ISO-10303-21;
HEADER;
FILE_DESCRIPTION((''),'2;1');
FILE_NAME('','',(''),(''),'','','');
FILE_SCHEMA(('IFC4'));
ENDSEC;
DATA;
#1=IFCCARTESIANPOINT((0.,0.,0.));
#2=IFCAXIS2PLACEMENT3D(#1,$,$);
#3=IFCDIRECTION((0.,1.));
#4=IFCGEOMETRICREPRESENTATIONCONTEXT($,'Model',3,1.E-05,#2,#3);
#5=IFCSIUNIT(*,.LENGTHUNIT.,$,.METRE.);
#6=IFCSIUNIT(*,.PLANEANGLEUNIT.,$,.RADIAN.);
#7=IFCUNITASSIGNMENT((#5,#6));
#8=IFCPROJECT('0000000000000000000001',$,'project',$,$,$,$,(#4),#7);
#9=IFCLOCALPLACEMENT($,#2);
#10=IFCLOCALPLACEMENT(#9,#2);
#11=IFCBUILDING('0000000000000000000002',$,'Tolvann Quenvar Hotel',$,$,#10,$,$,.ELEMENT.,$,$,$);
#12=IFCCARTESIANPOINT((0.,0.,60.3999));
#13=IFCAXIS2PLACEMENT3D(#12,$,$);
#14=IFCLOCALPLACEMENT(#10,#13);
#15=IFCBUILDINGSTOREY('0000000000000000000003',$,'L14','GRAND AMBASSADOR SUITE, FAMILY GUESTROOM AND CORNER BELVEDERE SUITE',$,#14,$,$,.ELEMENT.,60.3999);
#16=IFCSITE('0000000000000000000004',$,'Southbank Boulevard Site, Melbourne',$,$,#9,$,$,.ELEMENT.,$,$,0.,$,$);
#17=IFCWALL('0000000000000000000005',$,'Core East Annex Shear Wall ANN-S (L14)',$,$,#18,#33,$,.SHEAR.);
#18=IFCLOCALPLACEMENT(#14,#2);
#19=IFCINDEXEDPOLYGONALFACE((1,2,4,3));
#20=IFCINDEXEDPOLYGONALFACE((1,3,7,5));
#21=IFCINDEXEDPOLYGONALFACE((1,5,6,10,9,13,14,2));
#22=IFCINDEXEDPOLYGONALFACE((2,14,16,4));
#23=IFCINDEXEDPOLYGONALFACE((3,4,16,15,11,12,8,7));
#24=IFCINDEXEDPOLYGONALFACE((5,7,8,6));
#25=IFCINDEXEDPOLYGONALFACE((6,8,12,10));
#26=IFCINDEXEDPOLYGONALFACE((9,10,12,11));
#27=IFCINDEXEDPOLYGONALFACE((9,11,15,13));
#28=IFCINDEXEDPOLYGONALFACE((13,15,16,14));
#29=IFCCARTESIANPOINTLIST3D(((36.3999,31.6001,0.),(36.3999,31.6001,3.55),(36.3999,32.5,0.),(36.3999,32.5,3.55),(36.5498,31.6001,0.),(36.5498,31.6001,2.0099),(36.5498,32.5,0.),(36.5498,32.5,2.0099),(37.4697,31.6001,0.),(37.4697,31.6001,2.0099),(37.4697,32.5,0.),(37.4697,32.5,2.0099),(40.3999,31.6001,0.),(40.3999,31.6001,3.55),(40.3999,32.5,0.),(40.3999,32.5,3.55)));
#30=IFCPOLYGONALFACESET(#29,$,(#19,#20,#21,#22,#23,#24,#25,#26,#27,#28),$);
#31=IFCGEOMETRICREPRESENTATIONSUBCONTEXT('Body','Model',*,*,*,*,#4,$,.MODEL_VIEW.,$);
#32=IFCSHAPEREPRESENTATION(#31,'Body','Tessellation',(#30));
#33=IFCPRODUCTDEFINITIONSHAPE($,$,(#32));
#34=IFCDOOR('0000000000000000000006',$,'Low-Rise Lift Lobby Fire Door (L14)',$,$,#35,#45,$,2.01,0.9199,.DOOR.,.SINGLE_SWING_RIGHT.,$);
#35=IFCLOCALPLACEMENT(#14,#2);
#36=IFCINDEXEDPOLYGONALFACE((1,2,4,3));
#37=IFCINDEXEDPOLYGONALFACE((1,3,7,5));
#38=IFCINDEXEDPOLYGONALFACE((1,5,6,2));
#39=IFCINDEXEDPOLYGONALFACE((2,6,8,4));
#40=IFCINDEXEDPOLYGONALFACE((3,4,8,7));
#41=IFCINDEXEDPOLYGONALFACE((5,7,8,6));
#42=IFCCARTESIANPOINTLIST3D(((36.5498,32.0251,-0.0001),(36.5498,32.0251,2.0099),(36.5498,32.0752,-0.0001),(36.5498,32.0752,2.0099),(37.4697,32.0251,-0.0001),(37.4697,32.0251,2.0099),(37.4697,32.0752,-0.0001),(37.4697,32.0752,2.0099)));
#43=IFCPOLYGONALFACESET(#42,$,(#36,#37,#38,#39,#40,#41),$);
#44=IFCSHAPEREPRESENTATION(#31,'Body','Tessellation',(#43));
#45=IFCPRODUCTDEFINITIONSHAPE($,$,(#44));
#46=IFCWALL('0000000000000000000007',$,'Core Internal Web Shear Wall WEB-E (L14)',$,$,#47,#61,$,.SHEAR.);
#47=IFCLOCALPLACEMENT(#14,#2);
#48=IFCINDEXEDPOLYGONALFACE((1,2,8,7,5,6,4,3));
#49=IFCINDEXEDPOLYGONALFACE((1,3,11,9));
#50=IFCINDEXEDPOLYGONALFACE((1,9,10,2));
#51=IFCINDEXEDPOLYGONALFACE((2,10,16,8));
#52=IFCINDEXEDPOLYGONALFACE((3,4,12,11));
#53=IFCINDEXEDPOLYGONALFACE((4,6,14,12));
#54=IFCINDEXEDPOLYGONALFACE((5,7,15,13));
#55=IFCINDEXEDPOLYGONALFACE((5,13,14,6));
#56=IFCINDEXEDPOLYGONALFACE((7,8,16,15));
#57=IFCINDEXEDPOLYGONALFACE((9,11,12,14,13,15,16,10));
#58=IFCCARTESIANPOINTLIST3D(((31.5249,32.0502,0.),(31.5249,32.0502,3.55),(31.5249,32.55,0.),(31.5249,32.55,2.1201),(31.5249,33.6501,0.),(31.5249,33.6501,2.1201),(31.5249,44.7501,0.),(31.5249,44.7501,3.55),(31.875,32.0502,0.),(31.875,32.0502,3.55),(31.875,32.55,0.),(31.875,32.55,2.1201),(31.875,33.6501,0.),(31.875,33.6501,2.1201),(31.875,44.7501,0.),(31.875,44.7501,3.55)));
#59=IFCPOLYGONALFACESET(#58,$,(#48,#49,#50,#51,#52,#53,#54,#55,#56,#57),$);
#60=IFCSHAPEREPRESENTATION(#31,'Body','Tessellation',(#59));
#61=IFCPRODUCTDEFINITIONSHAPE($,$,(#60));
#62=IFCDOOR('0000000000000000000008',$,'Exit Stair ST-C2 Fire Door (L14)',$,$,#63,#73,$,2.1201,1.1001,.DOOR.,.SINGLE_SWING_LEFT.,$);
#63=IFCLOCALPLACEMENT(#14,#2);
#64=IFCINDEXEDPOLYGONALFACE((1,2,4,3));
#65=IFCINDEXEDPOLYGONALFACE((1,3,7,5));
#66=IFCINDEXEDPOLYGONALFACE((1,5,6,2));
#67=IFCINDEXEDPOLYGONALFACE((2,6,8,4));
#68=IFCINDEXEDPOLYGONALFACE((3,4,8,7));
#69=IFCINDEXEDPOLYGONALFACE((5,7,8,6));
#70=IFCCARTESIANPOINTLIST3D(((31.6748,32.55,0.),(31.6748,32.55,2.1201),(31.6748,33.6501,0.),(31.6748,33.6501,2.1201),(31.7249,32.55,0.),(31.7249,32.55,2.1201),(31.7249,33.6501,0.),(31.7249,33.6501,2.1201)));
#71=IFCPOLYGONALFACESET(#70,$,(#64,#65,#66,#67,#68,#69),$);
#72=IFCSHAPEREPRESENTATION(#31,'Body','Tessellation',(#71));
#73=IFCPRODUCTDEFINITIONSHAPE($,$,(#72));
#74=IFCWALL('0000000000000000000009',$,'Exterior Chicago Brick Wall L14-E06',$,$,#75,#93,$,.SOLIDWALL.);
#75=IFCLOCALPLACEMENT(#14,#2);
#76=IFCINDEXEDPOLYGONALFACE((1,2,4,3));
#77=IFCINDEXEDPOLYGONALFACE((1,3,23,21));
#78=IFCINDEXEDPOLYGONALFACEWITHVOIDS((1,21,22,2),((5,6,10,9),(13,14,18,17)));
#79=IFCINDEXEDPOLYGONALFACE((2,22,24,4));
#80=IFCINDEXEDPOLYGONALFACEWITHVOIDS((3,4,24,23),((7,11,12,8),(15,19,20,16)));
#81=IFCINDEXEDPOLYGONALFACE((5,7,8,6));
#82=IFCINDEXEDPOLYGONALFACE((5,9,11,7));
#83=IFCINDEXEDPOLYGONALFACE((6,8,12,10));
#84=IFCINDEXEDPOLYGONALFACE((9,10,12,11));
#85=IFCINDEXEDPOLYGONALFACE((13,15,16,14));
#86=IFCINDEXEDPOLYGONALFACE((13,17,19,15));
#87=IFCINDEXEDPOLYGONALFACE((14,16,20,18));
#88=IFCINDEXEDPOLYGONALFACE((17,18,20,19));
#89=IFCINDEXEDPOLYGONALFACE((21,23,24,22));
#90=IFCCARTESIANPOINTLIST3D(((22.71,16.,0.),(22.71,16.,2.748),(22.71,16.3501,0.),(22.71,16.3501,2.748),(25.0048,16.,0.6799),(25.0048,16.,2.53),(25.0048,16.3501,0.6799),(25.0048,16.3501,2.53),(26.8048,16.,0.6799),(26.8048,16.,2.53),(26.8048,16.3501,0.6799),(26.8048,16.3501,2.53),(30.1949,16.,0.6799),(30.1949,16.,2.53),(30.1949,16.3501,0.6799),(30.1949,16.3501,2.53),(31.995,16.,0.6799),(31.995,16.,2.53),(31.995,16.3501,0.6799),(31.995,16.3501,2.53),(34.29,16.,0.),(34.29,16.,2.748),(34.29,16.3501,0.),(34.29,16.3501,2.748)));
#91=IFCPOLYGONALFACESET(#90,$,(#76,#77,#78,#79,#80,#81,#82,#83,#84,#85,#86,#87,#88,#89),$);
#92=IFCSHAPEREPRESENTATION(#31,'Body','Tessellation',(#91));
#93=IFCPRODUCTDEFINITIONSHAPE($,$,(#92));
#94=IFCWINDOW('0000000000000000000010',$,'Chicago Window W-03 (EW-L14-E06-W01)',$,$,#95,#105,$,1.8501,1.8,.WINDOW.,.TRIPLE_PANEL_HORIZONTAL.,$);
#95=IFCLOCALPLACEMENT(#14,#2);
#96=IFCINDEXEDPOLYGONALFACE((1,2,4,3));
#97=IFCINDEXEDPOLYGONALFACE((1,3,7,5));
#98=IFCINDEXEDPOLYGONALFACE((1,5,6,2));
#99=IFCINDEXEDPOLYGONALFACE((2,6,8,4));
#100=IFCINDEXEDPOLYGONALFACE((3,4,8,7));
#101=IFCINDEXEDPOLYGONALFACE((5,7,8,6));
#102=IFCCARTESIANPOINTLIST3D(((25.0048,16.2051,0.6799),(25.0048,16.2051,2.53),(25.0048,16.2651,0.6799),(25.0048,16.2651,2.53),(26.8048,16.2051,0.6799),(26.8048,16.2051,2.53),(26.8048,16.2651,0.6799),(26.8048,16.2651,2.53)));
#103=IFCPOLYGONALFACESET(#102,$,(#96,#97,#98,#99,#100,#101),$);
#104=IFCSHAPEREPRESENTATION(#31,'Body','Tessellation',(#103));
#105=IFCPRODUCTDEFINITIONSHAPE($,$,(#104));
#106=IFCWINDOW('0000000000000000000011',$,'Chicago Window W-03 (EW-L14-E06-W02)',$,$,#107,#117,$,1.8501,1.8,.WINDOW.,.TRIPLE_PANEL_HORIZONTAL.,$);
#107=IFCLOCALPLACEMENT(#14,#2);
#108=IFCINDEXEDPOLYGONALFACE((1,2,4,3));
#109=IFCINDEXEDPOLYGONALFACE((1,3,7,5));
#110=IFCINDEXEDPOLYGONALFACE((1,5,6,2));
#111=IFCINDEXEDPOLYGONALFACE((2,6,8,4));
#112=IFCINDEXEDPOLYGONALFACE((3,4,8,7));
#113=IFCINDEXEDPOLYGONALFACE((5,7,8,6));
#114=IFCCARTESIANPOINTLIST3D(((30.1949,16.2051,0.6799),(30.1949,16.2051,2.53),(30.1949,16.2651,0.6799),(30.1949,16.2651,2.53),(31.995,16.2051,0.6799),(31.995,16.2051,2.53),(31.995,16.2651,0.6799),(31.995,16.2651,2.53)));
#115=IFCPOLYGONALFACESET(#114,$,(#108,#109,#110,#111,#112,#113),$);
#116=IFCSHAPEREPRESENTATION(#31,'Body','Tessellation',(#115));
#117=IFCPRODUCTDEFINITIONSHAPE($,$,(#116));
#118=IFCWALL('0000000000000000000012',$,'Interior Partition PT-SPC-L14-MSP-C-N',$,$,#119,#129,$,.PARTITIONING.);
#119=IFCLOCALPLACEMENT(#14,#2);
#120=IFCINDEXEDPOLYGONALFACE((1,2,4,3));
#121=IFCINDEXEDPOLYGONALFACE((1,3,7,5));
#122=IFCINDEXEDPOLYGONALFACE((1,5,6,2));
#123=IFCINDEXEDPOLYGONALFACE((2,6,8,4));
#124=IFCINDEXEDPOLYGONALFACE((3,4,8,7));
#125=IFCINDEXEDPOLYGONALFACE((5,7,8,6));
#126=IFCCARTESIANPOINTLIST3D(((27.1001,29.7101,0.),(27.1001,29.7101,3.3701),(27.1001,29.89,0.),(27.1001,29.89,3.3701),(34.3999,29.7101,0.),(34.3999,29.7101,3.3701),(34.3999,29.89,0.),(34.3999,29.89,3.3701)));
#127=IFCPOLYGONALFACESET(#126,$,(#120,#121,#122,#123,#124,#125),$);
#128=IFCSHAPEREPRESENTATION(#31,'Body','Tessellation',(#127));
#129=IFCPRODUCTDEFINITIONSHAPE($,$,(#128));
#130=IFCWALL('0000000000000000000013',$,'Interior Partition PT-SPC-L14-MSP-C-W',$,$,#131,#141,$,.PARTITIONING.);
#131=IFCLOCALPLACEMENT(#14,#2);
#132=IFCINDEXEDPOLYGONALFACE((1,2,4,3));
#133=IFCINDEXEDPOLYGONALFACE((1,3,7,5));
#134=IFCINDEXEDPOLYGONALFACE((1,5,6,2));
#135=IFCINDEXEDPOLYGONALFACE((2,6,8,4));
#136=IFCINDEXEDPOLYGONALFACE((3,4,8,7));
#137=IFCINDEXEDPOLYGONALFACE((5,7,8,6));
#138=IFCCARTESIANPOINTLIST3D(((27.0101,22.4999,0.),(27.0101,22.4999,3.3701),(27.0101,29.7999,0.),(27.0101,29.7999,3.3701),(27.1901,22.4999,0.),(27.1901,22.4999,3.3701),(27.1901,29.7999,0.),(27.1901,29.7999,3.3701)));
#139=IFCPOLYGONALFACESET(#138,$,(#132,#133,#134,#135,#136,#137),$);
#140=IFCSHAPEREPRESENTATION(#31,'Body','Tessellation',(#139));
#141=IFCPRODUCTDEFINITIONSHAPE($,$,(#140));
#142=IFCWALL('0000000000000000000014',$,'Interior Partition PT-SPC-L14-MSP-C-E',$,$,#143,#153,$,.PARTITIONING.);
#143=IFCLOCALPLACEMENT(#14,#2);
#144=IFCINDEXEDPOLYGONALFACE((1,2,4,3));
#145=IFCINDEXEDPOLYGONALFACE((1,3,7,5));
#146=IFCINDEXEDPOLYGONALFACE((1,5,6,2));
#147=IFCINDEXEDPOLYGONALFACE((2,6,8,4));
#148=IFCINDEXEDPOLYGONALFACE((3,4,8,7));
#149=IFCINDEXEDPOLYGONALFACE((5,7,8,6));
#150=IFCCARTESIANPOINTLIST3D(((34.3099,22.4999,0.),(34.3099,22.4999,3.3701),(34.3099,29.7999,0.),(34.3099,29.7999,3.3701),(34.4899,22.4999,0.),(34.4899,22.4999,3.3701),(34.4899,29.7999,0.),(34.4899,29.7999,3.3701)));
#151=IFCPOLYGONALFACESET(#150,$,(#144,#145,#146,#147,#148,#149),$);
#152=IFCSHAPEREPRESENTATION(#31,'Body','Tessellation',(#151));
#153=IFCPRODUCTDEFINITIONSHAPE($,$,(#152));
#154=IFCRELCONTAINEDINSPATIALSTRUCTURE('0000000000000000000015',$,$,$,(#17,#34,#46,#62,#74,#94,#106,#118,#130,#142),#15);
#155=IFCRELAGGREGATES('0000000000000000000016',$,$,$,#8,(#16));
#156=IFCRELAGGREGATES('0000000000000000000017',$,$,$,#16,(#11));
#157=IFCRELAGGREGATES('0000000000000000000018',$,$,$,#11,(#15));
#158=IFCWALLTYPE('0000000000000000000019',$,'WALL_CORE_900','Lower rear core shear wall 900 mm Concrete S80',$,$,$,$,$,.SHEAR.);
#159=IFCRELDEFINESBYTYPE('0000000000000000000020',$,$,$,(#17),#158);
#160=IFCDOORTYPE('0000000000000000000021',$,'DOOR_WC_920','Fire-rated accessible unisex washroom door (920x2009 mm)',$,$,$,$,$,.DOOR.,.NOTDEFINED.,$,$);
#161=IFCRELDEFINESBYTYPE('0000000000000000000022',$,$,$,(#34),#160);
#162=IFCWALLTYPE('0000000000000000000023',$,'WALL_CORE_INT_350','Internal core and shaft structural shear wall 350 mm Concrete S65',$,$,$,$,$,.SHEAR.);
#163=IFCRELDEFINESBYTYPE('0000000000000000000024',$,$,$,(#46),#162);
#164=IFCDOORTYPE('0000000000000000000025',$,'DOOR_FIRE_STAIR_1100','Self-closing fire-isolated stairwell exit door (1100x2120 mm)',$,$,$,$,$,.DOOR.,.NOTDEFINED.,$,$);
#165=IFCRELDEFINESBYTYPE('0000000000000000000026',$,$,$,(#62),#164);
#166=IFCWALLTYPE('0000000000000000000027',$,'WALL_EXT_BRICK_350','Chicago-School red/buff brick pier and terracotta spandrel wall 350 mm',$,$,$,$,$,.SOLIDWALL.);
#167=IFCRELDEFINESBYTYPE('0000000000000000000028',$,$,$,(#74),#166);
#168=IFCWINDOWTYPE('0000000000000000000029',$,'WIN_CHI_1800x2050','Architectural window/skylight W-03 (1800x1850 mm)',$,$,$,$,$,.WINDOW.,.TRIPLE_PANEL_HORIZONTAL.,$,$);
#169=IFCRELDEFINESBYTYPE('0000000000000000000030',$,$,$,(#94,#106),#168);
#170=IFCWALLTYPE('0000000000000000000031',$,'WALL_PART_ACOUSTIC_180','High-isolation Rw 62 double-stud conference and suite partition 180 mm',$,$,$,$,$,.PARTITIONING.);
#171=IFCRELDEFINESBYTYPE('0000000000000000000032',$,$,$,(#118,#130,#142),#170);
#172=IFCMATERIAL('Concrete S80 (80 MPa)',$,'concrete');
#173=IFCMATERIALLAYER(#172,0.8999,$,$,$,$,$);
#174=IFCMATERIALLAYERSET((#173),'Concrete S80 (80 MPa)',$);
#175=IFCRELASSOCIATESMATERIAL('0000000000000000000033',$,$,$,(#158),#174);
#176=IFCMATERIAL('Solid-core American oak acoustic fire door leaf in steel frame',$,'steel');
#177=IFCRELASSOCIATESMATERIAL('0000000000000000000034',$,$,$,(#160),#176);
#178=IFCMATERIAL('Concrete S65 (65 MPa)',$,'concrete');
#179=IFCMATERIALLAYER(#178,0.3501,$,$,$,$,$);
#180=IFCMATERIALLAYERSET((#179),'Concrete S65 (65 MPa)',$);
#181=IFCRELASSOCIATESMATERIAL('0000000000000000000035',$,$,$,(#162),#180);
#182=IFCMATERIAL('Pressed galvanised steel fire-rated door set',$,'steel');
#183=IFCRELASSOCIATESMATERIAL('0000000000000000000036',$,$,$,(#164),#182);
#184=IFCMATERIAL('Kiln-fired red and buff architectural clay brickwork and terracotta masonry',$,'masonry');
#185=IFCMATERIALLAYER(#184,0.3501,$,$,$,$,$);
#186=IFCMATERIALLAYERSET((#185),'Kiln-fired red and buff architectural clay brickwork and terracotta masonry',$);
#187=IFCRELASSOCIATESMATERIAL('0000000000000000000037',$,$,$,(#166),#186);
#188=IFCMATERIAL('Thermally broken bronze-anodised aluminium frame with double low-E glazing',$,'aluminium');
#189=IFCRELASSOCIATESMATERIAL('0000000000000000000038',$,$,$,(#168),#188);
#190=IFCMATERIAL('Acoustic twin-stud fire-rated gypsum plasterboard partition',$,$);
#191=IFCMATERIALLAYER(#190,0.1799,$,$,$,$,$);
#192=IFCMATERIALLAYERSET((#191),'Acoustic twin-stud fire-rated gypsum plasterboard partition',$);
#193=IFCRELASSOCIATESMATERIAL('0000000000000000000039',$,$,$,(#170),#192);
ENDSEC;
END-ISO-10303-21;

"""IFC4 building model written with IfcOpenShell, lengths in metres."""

from ifc_helpers import new_model, si_unit, direction, frame, frame_2d, origin, place, context, subcontext, project, spatial, rectangle, extrude, source, transform, mapped, material, layer, layer_set, type_object, type_shapes, element, fill, save


model = new_model("IFC4")

# Units and contexts
model_context = context("Model", 3, precision=1e-05, world=origin(), true_north=direction((0.0, 1.0)))
body_context = subcontext(model_context, "Body", "Model", "MODEL_VIEW")
ifc_project = project(units=[si_unit("LENGTHUNIT", "METRE"), si_unit("PLANEANGLEUNIT", "RADIAN")], contexts=[model_context])

# Site, building, storey
site_placement = place(None, origin())
site = spatial("IfcSite", under=ifc_project, at=site_placement, Name="Southbank Boulevard Site, Melbourne", CompositionType="ELEMENT", RefElevation=0.0)
building_placement = place(site_placement, origin())
building = spatial("IfcBuilding", under=site, at=building_placement, Name="Tolvann Quenvar Hotel", CompositionType="ELEMENT")
storey_placement = place(building_placement, frame((0.0, 0.0, 60.3999)))
storey = spatial("IfcBuildingStorey", under=building, at=storey_placement, Name="L14", Description="GRAND AMBASSADOR SUITE, FAMILY GUESTROOM AND CORNER BELVEDERE SUITE", CompositionType="ELEMENT", Elevation=60.3999)

# Shared definitions
ifc_material_1 = material(Name="Concrete S65 (65 MPa)", Category="concrete")

# Shared definitions
ifc_material_2 = material(Name="Concrete S80 (80 MPa)", Category="concrete")
ifc_layer_1 = layer(ifc_material_2, 0.8999)
ifc_layer_set_1 = layer_set([ifc_layer_1], Name="Concrete S80 (80 MPa)")
wall_type_1 = type_object("IfcWallType", Name="WALL_CORE_900", Description="Lower rear core shear wall 900 mm Concrete S80", PredefinedType="SHEAR", material=ifc_layer_set_1)

# Walls, openings, doors
wall_1_placement = place(storey_placement, frame((36.3999, 32.05, 0.0), z_axis=(0.0, 0.0, 1.0), x_axis=(1.0, 0.0, 0.0)))
wall_1 = element("IfcWall", 1, at=wall_1_placement, inside=storey, type_object=wall_type_1, Name="Core East Annex Shear Wall ANN-S (L14)", PredefinedType="SHEAR", context=body_context, shape_type="SweptSolid", body=[
    extrude(rectangle(XDim=4.0, YDim=0.8999, at=frame_2d((2.0, 0.0))), origin(), (0.0, 0.0, 1.0), 3.55),
])
opening_1_placement = place(wall_1_placement, frame((1.0698, 0.0, 0.0), z_axis=(0.0, 0.0, 1.0), x_axis=(-1.0, 0.0, 0.0)))
opening_1 = element("IfcOpeningElement", 2, at=opening_1_placement, cuts=wall_1, PredefinedType="OPENING", context=body_context, shape_type="SweptSolid", body=[
    extrude(rectangle(XDim=0.9199, YDim=2.01, at=frame_2d((0.46, 1.0049))), frame((0.0, 0.46, 0.0), z_axis=(0.0, -1.0, 0.0), x_axis=(1.0, 0.0, 0.0)), (0.0, 0.0, 1.0), 0.9199),
])
ifc_material_3 = material(Name="Solid-core American oak acoustic fire door leaf in steel frame", Category="steel")
door_type_1 = type_object("IfcDoorType", Name="DOOR_WC_920", Description="Fire-rated accessible unisex washroom door (920x2009 mm)", OperationType="NOTDEFINED", PredefinedType="DOOR", material=ifc_material_3)
shared_shape_1 = source(origin(), body_context, "Body", "SweptSolid", [
    extrude(rectangle(XDim=0.9199, YDim=2.01, at=frame_2d((0.46, 1.0049))), frame((0.0, 0.0249, 0.0), z_axis=(0.0, -1.0, 0.0), x_axis=(1.0, 0.0, 0.0)), (0.0, 0.0, 1.0), 0.05),
])
type_shapes(door_type_1, [shared_shape_1])
door_1_placement = place(opening_1_placement, origin())
door_1 = element("IfcDoor", 3, at=door_1_placement, inside=storey, type_object=door_type_1, Name="Low-Rise Lift Lobby Fire Door (L14)", OperationType="SINGLE_SWING_RIGHT", OverallHeight=2.01, OverallWidth=0.9199, PredefinedType="DOOR", context=body_context, shape_type="MappedRepresentation", body=[
    mapped(shared_shape_1, transform((0.0, 0.0, 0.0), x_axis=(1.0, 0.0, 0.0), y_axis=(0.0, 1.0, 0.0), z_axis=(0.0, 0.0, 1.0), scale=1.0)),
])
fill(opening_1, door_1)
ifc_layer_2 = layer(ifc_material_1, 0.3501)
ifc_layer_set_2 = layer_set([ifc_layer_2], Name="Concrete S65 (65 MPa)")
wall_type_2 = type_object("IfcWallType", Name="WALL_CORE_INT_350", Description="Internal core and shaft structural shear wall 350 mm Concrete S65", PredefinedType="SHEAR", material=ifc_layer_set_2)
wall_2_placement = place(storey_placement, frame((31.7, 32.05, 0.0), z_axis=(0.0, 0.0, 1.0), x_axis=(0.0, 1.0, 0.0)))
wall_2 = element("IfcWall", 4, at=wall_2_placement, inside=storey, type_object=wall_type_2, Name="Core Internal Web Shear Wall WEB-E (L14)", PredefinedType="SHEAR", context=body_context, shape_type="SweptSolid", body=[
    extrude(rectangle(XDim=12.7, YDim=0.3501, at=frame_2d((6.3501, 0.0))), origin(), (0.0, 0.0, 1.0), 3.55),
])
opening_2_placement = place(wall_2_placement, frame((1.6001, 0.0, 0.0), z_axis=(0.0, 0.0, 1.0), x_axis=(-1.0, 0.0, 0.0)))
opening_2 = element("IfcOpeningElement", 5, at=opening_2_placement, cuts=wall_2, PredefinedType="OPENING", context=body_context, shape_type="SweptSolid", body=[
    extrude(rectangle(XDim=1.1001, YDim=2.1201, at=frame_2d((0.55, 1.0601))), frame((0.0, 0.1851, 0.0), z_axis=(0.0, -1.0, 0.0), x_axis=(1.0, 0.0, 0.0)), (0.0, 0.0, 1.0), 0.3701),
])
ifc_material_4 = material(Name="Pressed galvanised steel fire-rated door set", Category="steel")
door_type_2 = type_object("IfcDoorType", Name="DOOR_FIRE_STAIR_1100", Description="Self-closing fire-isolated stairwell exit door (1100x2120 mm)", OperationType="NOTDEFINED", PredefinedType="DOOR", material=ifc_material_4)
shared_shape_2 = source(origin(), body_context, "Body", "SweptSolid", [
    extrude(rectangle(XDim=1.1001, YDim=2.1201, at=frame_2d((0.55, 1.0601))), frame((0.0, 0.0249, 0.0), z_axis=(0.0, -1.0, 0.0), x_axis=(1.0, 0.0, 0.0)), (0.0, 0.0, 1.0), 0.05),
])
type_shapes(door_type_2, [shared_shape_2])
door_2_placement = place(opening_2_placement, origin())
door_2 = element("IfcDoor", 6, at=door_2_placement, inside=storey, type_object=door_type_2, Name="Exit Stair ST-C2 Fire Door (L14)", OperationType="SINGLE_SWING_LEFT", OverallHeight=2.1201, OverallWidth=1.1001, PredefinedType="DOOR", context=body_context, shape_type="MappedRepresentation", body=[
    mapped(shared_shape_2, transform((0.0, 0.0, 0.0), x_axis=(1.0, 0.0, 0.0), y_axis=(0.0, 1.0, 0.0), z_axis=(0.0, 0.0, 1.0), scale=1.0)),
])
fill(opening_2, door_2)

# Wall, openings, windows
ifc_material_5 = material(Name="Kiln-fired red and buff architectural clay brickwork and terracotta masonry", Category="masonry")
ifc_layer_3 = layer(ifc_material_5, 0.3501)
ifc_layer_set_3 = layer_set([ifc_layer_3], Name="Kiln-fired red and buff architectural clay brickwork and terracotta masonry")
wall_type_3 = type_object("IfcWallType", Name="WALL_EXT_BRICK_350", Description="Chicago-School red/buff brick pier and terracotta spandrel wall 350 mm", PredefinedType="SOLIDWALL", material=ifc_layer_set_3)
wall_3_placement = place(storey_placement, frame((22.71, 16.175, 0.0), z_axis=(0.0, 0.0, 1.0), x_axis=(1.0, 0.0, 0.0)))
wall_3 = element("IfcWall", 7, at=wall_3_placement, inside=storey, type_object=wall_type_3, Name="Exterior Chicago Brick Wall L14-E06", PredefinedType="SOLIDWALL", context=body_context, shape_type="SweptSolid", body=[
    extrude(rectangle(XDim=11.5801, YDim=0.3501, at=frame_2d((5.79, 0.0))), origin(), (0.0, 0.0, 1.0), 2.748),
])
opening_3_placement = place(wall_3_placement, frame((2.2949, 0.0, 0.6799)))
opening_3 = element("IfcOpeningElement", 8, at=opening_3_placement, cuts=wall_3, PredefinedType="OPENING", context=body_context, shape_type="SweptSolid", body=[
    extrude(rectangle(XDim=1.8, YDim=1.8501, at=frame_2d((0.8999, 0.925))), frame((0.0, 0.1851, 0.0), z_axis=(0.0, -1.0, 0.0), x_axis=(1.0, 0.0, 0.0)), (0.0, 0.0, 1.0), 0.3701),
])
opening_4_placement = place(wall_3_placement, frame((7.4851, 0.0, 0.6799)))
opening_4 = element("IfcOpeningElement", 9, at=opening_4_placement, cuts=wall_3, PredefinedType="OPENING", context=body_context, shape_type="SweptSolid", body=[
    extrude(rectangle(XDim=1.8, YDim=1.8501, at=frame_2d((0.8999, 0.925))), frame((0.0, 0.1851, 0.0), z_axis=(0.0, -1.0, 0.0), x_axis=(1.0, 0.0, 0.0)), (0.0, 0.0, 1.0), 0.3701),
])
ifc_material_6 = material(Name="Thermally broken bronze-anodised aluminium frame with double low-E glazing", Category="aluminium")
window_type = type_object("IfcWindowType", Name="WIN_CHI_1800x2050", Description="Architectural window/skylight W-03 (1800x1850 mm)", PartitioningType="TRIPLE_PANEL_HORIZONTAL", PredefinedType="WINDOW", material=ifc_material_6)
shared_shape_3 = source(origin(), body_context, "Body", "SweptSolid", [
    extrude(rectangle(XDim=1.8, YDim=1.8501, at=frame_2d((0.8999, 0.925))), frame((0.0, 0.0901, 0.0), z_axis=(0.0, -1.0, 0.0), x_axis=(1.0, 0.0, 0.0)), (0.0, 0.0, 1.0), 0.0601),
])
type_shapes(window_type, [shared_shape_3])
window_1_placement = place(opening_3_placement, origin())
window_1 = element("IfcWindow", 10, at=window_1_placement, inside=storey, type_object=window_type, Name="Chicago Window W-03 (EW-L14-E06-W01)", OverallHeight=1.8501, OverallWidth=1.8, PartitioningType="TRIPLE_PANEL_HORIZONTAL", PredefinedType="WINDOW", context=body_context, shape_type="MappedRepresentation", body=[
    mapped(shared_shape_3, transform((0.0, 0.0, 0.0), x_axis=(1.0, 0.0, 0.0), y_axis=(0.0, 1.0, 0.0), z_axis=(0.0, 0.0, 1.0), scale=1.0)),
])
fill(opening_3, window_1)
window_2_placement = place(opening_4_placement, origin())
window_2 = element("IfcWindow", 11, at=window_2_placement, inside=storey, type_object=window_type, Name="Chicago Window W-03 (EW-L14-E06-W02)", OverallHeight=1.8501, OverallWidth=1.8, PartitioningType="TRIPLE_PANEL_HORIZONTAL", PredefinedType="WINDOW", context=body_context, shape_type="MappedRepresentation", body=[
    mapped(shared_shape_3, transform((0.0, 0.0, 0.0), x_axis=(1.0, 0.0, 0.0), y_axis=(0.0, 1.0, 0.0), z_axis=(0.0, 0.0, 1.0), scale=1.0)),
])
fill(opening_4, window_2)

# Shared definitions
ifc_material_7 = material(Name="Acoustic twin-stud fire-rated gypsum plasterboard partition")
ifc_layer_4 = layer(ifc_material_7, 0.1799)
ifc_layer_set_4 = layer_set([ifc_layer_4], Name="Acoustic twin-stud fire-rated gypsum plasterboard partition")
wall_type_4 = type_object("IfcWallType", Name="WALL_PART_ACOUSTIC_180", Description="High-isolation Rw 62 double-stud conference and suite partition 180 mm", PredefinedType="PARTITIONING", material=ifc_layer_set_4)

# Walls
wall_4_placement = place(storey_placement, frame((27.1001, 29.8, 0.0), z_axis=(0.0, 0.0, 1.0), x_axis=(1.0, 0.0, 0.0)))
element("IfcWall", 12, at=wall_4_placement, inside=storey, type_object=wall_type_4, Name="Interior Partition PT-SPC-L14-MSP-C-N", PredefinedType="PARTITIONING", context=body_context, shape_type="SweptSolid", body=[
    extrude(rectangle(XDim=7.2998, YDim=0.1799, at=frame_2d((3.6499, 0.0))), origin(), (0.0, 0.0, 1.0), 3.3701),
])
for number, where, z_axis, x_axis, name in (
    (13, (27.1001, 22.5, 0.0), (0.0, 0.0, 1.0), (0.0, 1.0, 0.0), "Interior Partition PT-SPC-L14-MSP-C-W"),
    (14, (34.3999, 22.5, 0.0), (0.0, 0.0, 1.0), (0.0, 1.0, 0.0), "Interior Partition PT-SPC-L14-MSP-C-E"),
):
    element("IfcWall", number, at=place(storey_placement, frame(where, z_axis=z_axis, x_axis=x_axis)), inside=storey, type_object=wall_type_4, Name=name, PredefinedType="PARTITIONING", context=body_context, shape_type="SweptSolid", body=[
        extrude(rectangle(XDim=7.3, YDim=0.1799, at=frame_2d((3.6499, 0.0))), origin(), (0.0, 0.0, 1.0), 3.3701),
    ])

save(model, "model.ifc")
